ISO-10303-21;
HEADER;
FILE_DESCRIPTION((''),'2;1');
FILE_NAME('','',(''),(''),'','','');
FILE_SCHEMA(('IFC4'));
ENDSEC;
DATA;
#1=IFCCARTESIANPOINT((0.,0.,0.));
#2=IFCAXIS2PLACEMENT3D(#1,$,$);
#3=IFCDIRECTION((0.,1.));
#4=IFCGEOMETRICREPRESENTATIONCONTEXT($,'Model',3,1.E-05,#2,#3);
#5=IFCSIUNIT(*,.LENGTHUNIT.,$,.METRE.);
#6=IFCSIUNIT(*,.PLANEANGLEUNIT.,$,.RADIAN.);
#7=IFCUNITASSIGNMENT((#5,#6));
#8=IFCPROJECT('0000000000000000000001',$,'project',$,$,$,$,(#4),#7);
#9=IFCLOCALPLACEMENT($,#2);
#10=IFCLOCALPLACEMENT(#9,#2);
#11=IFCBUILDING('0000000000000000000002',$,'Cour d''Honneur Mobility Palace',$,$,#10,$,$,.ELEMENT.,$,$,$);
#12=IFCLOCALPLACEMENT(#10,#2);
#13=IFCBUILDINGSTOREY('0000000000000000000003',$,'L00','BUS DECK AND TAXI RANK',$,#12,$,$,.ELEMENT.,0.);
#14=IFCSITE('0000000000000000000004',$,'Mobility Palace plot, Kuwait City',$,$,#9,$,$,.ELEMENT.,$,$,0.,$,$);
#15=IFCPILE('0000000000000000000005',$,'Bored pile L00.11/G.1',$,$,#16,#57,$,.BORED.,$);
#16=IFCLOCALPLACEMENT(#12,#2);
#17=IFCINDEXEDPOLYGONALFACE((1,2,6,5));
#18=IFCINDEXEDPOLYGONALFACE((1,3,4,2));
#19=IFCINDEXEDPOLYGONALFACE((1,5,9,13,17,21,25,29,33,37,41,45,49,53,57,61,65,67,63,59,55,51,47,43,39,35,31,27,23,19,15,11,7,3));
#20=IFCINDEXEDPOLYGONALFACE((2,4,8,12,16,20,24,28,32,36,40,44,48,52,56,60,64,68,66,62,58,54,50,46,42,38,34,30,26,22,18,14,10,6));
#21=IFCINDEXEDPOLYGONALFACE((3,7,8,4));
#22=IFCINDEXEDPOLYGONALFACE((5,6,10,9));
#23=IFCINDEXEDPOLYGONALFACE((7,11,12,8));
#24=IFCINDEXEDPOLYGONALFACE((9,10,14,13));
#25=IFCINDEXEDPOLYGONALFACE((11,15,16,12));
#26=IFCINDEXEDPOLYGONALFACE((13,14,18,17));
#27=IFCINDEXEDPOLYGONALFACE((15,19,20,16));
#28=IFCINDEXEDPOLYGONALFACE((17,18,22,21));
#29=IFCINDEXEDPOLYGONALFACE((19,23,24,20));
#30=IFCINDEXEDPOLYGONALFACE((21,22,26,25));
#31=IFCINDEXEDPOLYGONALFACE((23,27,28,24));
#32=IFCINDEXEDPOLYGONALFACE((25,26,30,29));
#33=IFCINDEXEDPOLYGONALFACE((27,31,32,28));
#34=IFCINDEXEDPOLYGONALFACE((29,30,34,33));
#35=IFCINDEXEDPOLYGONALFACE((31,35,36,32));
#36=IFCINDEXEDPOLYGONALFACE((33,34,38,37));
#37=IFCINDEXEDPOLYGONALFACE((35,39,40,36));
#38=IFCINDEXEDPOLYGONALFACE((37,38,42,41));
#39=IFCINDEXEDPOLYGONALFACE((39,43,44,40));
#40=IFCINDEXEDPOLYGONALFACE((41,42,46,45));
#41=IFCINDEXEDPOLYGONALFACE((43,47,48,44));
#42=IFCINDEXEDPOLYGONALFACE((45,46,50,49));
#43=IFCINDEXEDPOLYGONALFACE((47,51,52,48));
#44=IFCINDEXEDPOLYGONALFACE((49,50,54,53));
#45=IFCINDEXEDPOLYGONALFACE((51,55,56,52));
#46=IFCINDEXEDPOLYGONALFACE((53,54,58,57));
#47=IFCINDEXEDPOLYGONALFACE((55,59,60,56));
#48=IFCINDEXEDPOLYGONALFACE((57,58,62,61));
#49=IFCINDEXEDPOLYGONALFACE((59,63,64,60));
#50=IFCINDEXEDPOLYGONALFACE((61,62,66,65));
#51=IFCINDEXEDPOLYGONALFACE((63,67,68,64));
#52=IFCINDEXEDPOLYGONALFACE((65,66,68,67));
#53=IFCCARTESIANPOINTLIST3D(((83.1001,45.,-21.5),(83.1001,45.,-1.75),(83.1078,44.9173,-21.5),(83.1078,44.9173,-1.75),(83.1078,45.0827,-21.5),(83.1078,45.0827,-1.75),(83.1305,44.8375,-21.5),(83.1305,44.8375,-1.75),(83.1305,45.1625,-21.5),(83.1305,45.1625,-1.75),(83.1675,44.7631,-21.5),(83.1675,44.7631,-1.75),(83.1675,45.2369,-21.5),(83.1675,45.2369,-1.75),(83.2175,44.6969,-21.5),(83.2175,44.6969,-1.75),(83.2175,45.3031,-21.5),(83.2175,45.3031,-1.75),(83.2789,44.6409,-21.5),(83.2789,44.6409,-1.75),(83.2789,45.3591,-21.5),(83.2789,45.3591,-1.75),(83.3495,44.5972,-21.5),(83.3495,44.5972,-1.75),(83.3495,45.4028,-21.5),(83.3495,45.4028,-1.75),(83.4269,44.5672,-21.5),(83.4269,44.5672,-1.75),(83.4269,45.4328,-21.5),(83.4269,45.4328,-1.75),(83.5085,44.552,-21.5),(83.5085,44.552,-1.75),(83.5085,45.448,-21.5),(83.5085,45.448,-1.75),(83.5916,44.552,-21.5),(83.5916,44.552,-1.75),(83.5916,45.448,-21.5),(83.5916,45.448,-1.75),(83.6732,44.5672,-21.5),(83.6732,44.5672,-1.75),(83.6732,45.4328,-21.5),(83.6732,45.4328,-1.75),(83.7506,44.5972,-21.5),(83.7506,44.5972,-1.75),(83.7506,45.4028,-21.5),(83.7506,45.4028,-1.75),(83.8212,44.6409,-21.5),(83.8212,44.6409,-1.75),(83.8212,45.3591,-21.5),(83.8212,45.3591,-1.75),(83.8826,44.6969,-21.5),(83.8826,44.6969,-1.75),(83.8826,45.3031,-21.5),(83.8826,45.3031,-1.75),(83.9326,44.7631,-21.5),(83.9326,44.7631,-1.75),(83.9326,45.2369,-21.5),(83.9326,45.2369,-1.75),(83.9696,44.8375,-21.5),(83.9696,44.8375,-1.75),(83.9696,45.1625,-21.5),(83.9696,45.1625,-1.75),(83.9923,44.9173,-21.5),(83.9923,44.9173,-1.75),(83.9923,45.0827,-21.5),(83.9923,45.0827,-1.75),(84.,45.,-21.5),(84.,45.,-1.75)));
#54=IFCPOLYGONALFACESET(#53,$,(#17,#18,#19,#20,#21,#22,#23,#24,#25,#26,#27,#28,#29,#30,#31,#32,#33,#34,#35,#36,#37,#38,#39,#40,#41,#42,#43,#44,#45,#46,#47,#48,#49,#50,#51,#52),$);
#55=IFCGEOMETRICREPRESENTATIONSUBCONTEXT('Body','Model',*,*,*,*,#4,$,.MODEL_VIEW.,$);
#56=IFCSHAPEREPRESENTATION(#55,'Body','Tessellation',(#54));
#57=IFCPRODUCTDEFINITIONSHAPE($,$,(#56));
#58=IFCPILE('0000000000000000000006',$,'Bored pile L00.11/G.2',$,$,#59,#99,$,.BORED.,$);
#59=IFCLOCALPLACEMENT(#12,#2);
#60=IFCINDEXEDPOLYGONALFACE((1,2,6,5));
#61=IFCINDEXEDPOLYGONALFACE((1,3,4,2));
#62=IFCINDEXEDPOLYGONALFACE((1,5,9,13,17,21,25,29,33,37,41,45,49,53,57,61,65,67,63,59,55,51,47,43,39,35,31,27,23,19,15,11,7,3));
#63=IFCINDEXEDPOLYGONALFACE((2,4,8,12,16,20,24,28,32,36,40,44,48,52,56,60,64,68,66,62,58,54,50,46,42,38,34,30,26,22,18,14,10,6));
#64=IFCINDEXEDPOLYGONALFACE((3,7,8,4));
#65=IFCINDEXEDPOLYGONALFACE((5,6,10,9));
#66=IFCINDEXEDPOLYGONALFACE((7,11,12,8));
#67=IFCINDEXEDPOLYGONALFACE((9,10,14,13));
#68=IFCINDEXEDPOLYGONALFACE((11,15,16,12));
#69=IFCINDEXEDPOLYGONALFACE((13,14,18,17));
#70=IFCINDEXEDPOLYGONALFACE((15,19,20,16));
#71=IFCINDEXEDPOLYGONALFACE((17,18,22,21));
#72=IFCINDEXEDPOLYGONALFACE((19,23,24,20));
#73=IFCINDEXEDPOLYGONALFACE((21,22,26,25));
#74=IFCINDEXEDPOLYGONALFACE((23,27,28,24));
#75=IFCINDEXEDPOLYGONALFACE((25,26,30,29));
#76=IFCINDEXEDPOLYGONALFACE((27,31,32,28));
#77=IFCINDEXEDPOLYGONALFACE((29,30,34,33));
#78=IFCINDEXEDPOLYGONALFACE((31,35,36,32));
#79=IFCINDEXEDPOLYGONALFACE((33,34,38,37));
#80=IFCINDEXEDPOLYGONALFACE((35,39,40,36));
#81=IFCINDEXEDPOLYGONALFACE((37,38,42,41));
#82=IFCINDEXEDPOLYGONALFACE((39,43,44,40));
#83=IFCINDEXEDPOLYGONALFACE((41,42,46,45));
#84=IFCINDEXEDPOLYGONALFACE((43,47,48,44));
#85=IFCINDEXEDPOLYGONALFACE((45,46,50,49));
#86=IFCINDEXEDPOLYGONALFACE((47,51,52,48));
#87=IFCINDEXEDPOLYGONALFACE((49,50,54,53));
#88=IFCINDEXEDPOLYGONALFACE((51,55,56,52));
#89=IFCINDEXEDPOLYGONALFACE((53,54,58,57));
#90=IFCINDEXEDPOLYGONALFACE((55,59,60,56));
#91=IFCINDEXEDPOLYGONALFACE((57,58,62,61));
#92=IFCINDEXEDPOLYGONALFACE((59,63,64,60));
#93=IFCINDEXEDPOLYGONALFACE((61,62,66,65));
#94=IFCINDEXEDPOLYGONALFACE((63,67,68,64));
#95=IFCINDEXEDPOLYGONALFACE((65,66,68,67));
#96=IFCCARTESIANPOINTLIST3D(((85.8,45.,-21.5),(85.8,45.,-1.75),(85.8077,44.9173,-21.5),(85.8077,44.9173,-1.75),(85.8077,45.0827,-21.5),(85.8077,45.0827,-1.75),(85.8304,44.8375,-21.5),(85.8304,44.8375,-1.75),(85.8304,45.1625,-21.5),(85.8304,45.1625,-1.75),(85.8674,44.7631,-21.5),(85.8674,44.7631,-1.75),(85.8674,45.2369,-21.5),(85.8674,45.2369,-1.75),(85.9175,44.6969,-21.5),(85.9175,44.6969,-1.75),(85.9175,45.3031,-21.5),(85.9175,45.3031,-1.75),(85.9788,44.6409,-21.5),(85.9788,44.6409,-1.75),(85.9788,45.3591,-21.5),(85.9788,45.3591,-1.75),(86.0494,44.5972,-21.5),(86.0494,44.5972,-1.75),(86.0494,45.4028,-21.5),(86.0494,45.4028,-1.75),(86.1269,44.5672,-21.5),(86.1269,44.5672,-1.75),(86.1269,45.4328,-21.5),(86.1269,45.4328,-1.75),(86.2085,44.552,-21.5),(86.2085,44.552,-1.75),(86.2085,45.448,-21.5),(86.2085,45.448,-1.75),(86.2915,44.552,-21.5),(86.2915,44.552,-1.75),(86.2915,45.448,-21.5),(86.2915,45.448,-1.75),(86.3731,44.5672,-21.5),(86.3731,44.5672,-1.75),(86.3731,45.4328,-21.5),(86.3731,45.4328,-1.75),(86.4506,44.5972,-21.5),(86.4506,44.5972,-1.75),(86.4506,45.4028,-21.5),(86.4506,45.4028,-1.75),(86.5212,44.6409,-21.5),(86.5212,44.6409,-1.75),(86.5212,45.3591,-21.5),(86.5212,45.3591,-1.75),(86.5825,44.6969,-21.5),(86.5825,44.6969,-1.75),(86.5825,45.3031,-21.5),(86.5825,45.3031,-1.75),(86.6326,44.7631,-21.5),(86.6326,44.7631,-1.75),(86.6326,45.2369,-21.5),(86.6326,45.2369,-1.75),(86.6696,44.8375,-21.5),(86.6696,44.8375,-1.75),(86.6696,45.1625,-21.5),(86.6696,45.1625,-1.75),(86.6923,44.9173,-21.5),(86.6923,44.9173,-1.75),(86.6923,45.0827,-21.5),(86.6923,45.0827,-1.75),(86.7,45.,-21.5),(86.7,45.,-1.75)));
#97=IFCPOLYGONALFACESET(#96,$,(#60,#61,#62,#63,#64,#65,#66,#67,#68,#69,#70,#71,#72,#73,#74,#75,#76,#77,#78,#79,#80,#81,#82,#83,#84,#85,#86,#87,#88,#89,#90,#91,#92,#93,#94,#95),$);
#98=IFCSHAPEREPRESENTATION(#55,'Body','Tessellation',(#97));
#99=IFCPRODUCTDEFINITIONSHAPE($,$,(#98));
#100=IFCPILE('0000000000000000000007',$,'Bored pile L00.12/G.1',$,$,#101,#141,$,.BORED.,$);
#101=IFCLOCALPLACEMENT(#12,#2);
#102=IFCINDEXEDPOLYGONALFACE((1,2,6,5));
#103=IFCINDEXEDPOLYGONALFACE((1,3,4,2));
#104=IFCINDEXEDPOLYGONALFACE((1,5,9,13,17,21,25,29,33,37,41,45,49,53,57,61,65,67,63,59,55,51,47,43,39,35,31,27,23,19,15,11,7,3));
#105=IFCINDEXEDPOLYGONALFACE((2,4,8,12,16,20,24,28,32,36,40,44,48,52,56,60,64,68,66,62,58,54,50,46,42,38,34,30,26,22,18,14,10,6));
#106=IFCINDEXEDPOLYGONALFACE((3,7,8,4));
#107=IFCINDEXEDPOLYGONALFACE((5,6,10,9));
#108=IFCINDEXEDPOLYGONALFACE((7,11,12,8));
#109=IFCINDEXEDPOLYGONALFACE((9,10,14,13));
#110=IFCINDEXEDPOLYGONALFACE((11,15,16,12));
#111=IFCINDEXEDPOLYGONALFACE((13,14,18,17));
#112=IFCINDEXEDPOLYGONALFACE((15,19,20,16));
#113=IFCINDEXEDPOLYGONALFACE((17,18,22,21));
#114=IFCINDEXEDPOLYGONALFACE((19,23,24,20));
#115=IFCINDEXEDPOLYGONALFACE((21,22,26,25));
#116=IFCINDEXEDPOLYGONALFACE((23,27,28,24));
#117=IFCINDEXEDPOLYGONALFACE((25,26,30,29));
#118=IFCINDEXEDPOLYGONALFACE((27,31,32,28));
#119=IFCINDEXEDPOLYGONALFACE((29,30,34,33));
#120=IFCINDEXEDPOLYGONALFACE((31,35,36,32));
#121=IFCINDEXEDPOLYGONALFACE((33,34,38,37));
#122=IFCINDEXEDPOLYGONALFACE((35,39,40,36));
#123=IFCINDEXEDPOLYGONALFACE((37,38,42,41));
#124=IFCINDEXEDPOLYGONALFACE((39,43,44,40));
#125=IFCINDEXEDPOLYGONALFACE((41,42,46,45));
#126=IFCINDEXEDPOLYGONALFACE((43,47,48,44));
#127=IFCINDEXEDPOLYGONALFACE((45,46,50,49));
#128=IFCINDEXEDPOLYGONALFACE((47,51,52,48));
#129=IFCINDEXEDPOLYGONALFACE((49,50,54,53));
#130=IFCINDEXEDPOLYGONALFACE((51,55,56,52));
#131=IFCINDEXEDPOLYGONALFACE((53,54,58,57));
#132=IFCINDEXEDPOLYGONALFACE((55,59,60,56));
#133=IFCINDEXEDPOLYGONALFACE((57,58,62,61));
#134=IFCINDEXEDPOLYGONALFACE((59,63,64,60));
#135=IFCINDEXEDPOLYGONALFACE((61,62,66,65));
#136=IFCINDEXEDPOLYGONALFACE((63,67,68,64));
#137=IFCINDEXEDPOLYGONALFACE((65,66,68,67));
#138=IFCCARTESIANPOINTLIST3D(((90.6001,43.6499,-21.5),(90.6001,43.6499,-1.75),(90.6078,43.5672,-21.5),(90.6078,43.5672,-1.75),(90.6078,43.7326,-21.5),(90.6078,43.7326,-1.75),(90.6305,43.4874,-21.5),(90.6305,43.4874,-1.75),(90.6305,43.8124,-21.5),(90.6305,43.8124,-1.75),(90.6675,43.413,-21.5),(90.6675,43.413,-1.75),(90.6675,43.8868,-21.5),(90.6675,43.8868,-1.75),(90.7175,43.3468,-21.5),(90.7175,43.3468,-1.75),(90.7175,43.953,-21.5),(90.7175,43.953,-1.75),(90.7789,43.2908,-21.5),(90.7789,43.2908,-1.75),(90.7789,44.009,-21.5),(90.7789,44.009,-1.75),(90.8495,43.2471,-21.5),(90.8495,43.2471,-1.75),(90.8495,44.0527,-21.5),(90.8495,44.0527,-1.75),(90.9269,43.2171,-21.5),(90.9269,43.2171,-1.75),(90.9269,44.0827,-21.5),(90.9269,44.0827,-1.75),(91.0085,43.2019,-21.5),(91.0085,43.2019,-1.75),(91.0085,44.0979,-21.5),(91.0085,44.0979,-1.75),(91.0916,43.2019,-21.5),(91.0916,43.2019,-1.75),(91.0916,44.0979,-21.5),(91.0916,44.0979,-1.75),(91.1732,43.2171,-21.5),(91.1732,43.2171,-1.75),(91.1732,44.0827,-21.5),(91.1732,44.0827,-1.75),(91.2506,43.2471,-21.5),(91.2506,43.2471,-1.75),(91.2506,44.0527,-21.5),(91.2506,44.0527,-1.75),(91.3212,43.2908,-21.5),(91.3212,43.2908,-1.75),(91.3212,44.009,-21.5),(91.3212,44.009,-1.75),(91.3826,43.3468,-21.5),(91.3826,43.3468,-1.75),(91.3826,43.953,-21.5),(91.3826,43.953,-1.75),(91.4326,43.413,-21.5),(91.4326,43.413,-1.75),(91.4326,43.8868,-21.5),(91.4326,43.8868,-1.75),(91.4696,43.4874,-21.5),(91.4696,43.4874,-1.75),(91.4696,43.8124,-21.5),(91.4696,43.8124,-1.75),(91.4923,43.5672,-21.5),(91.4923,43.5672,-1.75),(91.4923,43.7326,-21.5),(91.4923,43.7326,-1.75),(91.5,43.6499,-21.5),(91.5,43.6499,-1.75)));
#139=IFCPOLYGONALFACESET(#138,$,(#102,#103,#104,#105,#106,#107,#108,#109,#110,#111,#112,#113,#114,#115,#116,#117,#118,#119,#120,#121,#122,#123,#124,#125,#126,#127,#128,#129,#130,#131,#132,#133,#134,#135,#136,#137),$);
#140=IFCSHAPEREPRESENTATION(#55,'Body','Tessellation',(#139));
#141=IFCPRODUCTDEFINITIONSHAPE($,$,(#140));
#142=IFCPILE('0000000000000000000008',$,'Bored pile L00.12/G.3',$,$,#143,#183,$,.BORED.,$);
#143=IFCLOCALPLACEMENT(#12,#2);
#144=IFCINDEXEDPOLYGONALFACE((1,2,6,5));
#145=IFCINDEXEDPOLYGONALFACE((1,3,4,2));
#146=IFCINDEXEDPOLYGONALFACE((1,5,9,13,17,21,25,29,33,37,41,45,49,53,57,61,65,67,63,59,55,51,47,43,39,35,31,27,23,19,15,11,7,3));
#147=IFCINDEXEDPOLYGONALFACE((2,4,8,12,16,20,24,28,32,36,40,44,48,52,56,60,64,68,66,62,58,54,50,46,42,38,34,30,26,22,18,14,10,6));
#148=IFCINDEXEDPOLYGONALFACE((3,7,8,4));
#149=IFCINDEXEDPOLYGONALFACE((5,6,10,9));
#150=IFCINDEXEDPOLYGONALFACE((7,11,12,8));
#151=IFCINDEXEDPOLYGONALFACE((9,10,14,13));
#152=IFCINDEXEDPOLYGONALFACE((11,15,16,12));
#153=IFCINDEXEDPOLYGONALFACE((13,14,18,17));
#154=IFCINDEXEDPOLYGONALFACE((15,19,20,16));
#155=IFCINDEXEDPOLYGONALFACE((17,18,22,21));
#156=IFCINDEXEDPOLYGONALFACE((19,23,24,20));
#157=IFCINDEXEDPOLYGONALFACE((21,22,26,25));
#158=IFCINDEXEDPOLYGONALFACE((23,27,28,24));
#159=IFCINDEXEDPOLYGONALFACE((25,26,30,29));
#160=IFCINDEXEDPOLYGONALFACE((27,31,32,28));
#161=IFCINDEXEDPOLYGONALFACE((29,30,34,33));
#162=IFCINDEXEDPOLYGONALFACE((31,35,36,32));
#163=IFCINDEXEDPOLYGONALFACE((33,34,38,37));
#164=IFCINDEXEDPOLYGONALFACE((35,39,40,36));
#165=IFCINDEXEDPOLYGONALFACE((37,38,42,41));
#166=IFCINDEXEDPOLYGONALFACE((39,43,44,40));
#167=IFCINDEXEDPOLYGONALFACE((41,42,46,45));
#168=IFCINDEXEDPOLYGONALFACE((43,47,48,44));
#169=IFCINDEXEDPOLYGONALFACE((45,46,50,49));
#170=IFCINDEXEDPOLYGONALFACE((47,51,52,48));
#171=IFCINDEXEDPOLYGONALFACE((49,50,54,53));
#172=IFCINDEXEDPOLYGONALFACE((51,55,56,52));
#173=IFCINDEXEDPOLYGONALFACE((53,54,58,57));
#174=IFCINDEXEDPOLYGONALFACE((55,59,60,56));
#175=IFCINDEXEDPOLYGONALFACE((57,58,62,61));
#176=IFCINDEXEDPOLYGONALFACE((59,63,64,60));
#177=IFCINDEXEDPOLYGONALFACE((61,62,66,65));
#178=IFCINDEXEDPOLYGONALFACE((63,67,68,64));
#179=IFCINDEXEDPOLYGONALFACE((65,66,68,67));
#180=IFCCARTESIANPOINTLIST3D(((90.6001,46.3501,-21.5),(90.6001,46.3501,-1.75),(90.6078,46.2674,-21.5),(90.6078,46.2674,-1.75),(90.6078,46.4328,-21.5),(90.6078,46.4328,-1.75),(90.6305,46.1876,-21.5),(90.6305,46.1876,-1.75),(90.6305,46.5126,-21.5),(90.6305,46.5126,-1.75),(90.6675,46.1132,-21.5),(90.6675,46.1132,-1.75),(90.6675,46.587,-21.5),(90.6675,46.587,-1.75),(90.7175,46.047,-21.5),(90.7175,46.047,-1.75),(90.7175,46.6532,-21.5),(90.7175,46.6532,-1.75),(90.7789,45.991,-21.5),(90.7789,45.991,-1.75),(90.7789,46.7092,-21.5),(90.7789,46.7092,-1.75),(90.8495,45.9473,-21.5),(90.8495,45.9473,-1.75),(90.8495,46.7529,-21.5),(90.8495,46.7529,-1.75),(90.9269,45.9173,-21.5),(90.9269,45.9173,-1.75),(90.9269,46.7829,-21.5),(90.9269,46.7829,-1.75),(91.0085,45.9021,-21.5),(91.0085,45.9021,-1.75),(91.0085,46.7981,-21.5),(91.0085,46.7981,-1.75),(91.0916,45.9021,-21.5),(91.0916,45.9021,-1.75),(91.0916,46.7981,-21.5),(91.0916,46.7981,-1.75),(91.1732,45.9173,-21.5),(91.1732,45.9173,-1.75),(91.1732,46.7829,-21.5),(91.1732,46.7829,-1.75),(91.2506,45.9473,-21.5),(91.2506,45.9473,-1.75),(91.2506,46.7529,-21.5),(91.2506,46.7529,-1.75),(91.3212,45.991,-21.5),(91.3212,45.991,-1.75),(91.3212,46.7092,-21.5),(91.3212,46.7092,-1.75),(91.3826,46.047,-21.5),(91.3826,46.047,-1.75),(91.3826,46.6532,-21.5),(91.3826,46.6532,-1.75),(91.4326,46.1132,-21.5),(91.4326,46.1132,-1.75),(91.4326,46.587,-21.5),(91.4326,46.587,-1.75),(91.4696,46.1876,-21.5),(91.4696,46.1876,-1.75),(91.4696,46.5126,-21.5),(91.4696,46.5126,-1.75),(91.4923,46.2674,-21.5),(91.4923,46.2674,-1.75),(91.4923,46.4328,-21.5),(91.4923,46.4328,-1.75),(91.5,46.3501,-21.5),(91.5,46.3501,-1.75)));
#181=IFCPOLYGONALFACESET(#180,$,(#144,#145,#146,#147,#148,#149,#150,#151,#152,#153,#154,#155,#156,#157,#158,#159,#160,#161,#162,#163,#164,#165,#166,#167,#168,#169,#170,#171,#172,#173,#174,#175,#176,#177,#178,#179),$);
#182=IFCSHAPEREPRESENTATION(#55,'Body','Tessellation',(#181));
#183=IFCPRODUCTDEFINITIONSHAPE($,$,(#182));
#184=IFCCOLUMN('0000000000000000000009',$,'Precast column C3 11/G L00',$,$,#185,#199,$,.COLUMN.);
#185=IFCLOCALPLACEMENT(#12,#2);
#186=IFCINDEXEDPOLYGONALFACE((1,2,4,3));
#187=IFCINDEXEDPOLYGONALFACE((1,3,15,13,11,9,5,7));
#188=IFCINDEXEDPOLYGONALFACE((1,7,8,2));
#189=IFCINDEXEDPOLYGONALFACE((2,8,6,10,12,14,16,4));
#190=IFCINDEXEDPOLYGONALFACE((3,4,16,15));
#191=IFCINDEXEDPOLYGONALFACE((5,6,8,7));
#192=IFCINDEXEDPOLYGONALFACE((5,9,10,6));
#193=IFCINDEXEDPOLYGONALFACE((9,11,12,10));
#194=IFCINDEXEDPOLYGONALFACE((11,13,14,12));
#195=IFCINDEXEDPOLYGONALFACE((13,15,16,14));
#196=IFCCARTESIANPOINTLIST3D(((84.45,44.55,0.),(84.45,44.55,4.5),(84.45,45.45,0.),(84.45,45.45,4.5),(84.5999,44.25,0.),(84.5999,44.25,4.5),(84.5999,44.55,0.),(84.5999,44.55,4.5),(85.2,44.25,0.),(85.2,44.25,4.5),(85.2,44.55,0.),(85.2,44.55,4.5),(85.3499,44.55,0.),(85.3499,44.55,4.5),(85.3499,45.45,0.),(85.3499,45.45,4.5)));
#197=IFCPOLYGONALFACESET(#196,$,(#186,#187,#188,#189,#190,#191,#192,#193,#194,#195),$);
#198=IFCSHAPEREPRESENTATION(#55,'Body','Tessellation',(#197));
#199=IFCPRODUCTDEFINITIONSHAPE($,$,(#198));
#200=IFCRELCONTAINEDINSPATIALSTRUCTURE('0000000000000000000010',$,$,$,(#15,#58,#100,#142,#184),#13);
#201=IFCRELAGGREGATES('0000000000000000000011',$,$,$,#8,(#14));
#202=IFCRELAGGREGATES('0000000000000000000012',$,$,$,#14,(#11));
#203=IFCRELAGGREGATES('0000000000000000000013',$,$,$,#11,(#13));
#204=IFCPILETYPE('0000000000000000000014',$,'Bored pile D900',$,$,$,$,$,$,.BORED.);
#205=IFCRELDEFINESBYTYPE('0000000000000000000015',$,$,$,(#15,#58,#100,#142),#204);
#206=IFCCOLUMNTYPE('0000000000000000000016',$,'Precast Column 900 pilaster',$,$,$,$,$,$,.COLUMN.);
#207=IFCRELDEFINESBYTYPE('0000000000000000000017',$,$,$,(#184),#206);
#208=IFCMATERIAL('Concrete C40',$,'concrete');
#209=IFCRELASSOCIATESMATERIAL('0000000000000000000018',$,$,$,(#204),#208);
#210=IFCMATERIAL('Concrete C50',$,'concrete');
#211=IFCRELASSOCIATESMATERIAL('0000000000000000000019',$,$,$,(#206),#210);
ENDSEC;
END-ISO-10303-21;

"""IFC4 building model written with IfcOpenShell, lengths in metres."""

from ifc_helpers import new_model, si_unit, direction, frame, origin, origin_2d, place, context, subcontext, project, spatial, polyline, circle, outline, extrude, material, material_profile, profile_set, type_object, element, save


model = new_model("IFC4")

# Units and contexts
model_context = context("Model", 3, precision=1e-05, world=origin(), true_north=direction((0.0, 1.0)))
body_context = subcontext(model_context, "Body", "Model", "MODEL_VIEW")
ifc_project = project(units=[si_unit("LENGTHUNIT", "METRE"), si_unit("PLANEANGLEUNIT", "RADIAN")], contexts=[model_context])

# Site, building, storey
site_placement = place(None, origin())
site = spatial("IfcSite", under=ifc_project, at=site_placement, Name="Mobility Palace plot, Kuwait City", CompositionType="ELEMENT", RefElevation=0.0)
building_placement = place(site_placement, origin())
building = spatial("IfcBuilding", under=site, at=building_placement, Name="Cour d'Honneur Mobility Palace", CompositionType="ELEMENT")
storey_placement = place(building_placement, origin())
storey = spatial("IfcBuildingStorey", under=building, at=storey_placement, Name="L00", Description="BUS DECK AND TAXI RANK", CompositionType="ELEMENT", Elevation=0.0)

# Piles
ifc_material_1 = material(Name="Concrete C40", Category="concrete")
ifc_material_profile_1 = material_profile(ifc_material_1, circle(Radius=0.45, at=origin_2d()), Name="Bored pile D900")
ifc_profile_set_1 = profile_set([ifc_material_profile_1], Name="Concrete C40")
pile_type = type_object("IfcPileType", Name="Bored pile D900", PredefinedType="BORED", material=ifc_profile_set_1)
for number, where, z_axis, x_axis, name in (
    (1, (83.55, 45.0, -1.75), (0.0, 0.0, -1.0), (1.0, 0.0, 0.0), "Bored pile L00.11/G.1"),
    (2, (86.25, 45.0, -1.75), (0.0, 0.0, -1.0), (1.0, 0.0, 0.0), "Bored pile L00.11/G.2"),
    (3, (91.05, 43.6499, -1.75), (0.0, 0.0, -1.0), (1.0, 0.0, 0.0), "Bored pile L00.12/G.1"),
    (4, (91.05, 46.3501, -1.75), (0.0, 0.0, -1.0), (1.0, 0.0, 0.0), "Bored pile L00.12/G.3"),
):
    element("IfcPile", number, at=place(storey_placement, frame(where, z_axis=z_axis, x_axis=x_axis)), inside=storey, type_object=pile_type, Name=name, PredefinedType="BORED", context=body_context, shape_type="SweptSolid", body=[
        extrude(circle(Radius=0.45, at=origin_2d()), origin(), (0.0, 0.0, 1.0), 19.75),
    ])

# Column
ifc_material_2 = material(Name="Concrete C50", Category="concrete")
ifc_material_profile_2 = material_profile(ifc_material_2, outline(polyline([(-0.45, -0.45), (0.45, -0.45), (0.45, -0.3), (0.75, -0.3), (0.75, 0.3), (0.45, 0.3), (0.45, 0.45), (-0.45, 0.45), (-0.45, -0.45)])), Name="PC C900 pilaster")
ifc_profile_set_2 = profile_set([ifc_material_profile_2], Name="Concrete C50")
column_type = type_object("IfcColumnType", Name="Precast Column 900 pilaster", PredefinedType="COLUMN", material=ifc_profile_set_2)
for number, where, z_axis, x_axis, name in (
    (5, (84.8999, 45.0, 0.0), (0.0, 0.0, 1.0), (0.0, -1.0, 0.0), "Precast column C3 11/G L00"),
):
    element("IfcColumn", number, at=place(storey_placement, frame(where, z_axis=z_axis, x_axis=x_axis)), inside=storey, type_object=column_type, Name=name, PredefinedType="COLUMN", context=body_context, shape_type="SweptSolid", body=[
        extrude(outline(polyline([(-0.45, -0.45), (0.45, -0.45), (0.45, -0.3), (0.75, -0.3), (0.75, 0.3), (0.45, 0.3), (0.45, 0.45), (-0.45, 0.45), (-0.45, -0.45)])), origin(), (0.0, 0.0, 1.0), 4.5),
    ])

save(model, "model.ifc")
